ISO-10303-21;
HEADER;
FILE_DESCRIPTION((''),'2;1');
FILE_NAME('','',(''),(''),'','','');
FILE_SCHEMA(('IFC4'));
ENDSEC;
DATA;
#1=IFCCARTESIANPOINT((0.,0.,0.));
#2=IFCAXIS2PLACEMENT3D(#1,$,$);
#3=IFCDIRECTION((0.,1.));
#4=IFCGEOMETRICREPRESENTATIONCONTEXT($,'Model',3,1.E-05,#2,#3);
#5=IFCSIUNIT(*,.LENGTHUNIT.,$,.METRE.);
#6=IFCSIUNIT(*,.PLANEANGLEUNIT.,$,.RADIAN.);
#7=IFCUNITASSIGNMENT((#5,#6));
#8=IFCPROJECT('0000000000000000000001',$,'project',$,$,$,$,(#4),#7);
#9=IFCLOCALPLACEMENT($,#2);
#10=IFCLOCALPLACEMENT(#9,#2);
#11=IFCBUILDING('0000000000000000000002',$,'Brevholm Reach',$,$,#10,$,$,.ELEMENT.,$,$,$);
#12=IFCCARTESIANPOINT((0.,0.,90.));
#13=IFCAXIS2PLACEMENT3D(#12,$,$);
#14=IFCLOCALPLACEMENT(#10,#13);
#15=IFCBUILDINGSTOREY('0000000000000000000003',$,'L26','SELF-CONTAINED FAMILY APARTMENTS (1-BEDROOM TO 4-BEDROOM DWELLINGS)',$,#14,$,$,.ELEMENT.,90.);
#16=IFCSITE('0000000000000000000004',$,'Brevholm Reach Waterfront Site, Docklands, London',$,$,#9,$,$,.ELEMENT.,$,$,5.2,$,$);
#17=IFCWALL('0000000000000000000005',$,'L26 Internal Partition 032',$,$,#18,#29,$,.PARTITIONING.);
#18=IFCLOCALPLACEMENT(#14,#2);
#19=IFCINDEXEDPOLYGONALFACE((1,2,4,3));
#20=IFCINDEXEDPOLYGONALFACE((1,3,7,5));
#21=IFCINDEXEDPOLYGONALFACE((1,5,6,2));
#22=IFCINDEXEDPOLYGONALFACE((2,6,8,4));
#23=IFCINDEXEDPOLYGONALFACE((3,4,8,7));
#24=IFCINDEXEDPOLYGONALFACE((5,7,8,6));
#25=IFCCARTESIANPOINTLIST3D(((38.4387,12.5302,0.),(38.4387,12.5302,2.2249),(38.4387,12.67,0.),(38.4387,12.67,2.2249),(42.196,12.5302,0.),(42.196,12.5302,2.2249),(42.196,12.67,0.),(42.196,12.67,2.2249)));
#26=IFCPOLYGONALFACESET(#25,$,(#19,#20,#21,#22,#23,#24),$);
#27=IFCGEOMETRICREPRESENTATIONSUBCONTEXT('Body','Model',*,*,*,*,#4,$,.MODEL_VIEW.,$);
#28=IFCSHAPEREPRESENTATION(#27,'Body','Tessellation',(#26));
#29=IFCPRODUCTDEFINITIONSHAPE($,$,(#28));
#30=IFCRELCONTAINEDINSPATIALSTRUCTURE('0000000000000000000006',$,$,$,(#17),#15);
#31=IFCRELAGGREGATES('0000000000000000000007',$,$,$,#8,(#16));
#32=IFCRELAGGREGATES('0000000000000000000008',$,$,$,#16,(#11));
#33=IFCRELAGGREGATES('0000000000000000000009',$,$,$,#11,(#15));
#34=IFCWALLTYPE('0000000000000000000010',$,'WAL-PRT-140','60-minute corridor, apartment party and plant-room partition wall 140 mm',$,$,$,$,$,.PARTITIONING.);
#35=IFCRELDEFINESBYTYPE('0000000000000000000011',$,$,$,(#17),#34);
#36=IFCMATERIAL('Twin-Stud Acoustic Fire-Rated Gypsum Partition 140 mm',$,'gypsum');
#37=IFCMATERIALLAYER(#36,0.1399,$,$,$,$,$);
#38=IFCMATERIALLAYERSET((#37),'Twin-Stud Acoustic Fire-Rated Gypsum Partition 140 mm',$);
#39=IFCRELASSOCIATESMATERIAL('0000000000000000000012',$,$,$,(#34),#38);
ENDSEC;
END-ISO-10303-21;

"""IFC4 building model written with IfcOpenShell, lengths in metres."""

from ifc_helpers import new_model, si_unit, direction, frame, frame_2d, origin, place, context, subcontext, project, spatial, rectangle, extrude, material, layer, layer_set, type_object, element, save


model = new_model("IFC4")

# Units and contexts
model_context = context("Model", 3, precision=1e-05, world=origin(), true_north=direction((0.0, 1.0)))
body_context = subcontext(model_context, "Body", "Model", "MODEL_VIEW")
ifc_project = project(units=[si_unit("LENGTHUNIT", "METRE"), si_unit("PLANEANGLEUNIT", "RADIAN")], contexts=[model_context])

# Site, building, storey
site_placement = place(None, origin())
site = spatial("IfcSite", under=ifc_project, at=site_placement, Name="Brevholm Reach Waterfront Site, Docklands, London", CompositionType="ELEMENT", RefElevation=5.2)
building_placement = place(site_placement, origin())
building = spatial("IfcBuilding", under=site, at=building_placement, Name="Brevholm Reach", CompositionType="ELEMENT")
storey_placement = place(building_placement, frame((0.0, 0.0, 90.0)))
storey = spatial("IfcBuildingStorey", under=building, at=storey_placement, Name="L26", Description="SELF-CONTAINED FAMILY APARTMENTS (1-BEDROOM TO 4-BEDROOM DWELLINGS)", CompositionType="ELEMENT", Elevation=90.0)

# Wall
ifc_material_1 = material(Name="Twin-Stud Acoustic Fire-Rated Gypsum Partition 140 mm", Category="gypsum")
ifc_layer_1 = layer(ifc_material_1, 0.1399)
ifc_layer_set_1 = layer_set([ifc_layer_1], Name="Twin-Stud Acoustic Fire-Rated Gypsum Partition 140 mm")
wall_type_1 = type_object("IfcWallType", Name="WAL-PRT-140", Description="60-minute corridor, apartment party and plant-room partition wall 140 mm", PredefinedType="PARTITIONING", material=ifc_layer_set_1)
wall_1_placement = place(storey_placement, frame((38.4387, 12.6001, 0.0), z_axis=(0.0, 0.0, 1.0), x_axis=(1.0, 0.0, 0.0)))
element("IfcWall", 1, at=wall_1_placement, inside=storey, type_object=wall_type_1, Name="L26 Internal Partition 032", PredefinedType="PARTITIONING", context=body_context, shape_type="SweptSolid", body=[
    extrude(rectangle(XDim=3.7573, YDim=0.1399, at=frame_2d((1.8787, 0.0))), origin(), (0.0, 0.0, 1.0), 2.2249),
])

save(model, "model.ifc")
